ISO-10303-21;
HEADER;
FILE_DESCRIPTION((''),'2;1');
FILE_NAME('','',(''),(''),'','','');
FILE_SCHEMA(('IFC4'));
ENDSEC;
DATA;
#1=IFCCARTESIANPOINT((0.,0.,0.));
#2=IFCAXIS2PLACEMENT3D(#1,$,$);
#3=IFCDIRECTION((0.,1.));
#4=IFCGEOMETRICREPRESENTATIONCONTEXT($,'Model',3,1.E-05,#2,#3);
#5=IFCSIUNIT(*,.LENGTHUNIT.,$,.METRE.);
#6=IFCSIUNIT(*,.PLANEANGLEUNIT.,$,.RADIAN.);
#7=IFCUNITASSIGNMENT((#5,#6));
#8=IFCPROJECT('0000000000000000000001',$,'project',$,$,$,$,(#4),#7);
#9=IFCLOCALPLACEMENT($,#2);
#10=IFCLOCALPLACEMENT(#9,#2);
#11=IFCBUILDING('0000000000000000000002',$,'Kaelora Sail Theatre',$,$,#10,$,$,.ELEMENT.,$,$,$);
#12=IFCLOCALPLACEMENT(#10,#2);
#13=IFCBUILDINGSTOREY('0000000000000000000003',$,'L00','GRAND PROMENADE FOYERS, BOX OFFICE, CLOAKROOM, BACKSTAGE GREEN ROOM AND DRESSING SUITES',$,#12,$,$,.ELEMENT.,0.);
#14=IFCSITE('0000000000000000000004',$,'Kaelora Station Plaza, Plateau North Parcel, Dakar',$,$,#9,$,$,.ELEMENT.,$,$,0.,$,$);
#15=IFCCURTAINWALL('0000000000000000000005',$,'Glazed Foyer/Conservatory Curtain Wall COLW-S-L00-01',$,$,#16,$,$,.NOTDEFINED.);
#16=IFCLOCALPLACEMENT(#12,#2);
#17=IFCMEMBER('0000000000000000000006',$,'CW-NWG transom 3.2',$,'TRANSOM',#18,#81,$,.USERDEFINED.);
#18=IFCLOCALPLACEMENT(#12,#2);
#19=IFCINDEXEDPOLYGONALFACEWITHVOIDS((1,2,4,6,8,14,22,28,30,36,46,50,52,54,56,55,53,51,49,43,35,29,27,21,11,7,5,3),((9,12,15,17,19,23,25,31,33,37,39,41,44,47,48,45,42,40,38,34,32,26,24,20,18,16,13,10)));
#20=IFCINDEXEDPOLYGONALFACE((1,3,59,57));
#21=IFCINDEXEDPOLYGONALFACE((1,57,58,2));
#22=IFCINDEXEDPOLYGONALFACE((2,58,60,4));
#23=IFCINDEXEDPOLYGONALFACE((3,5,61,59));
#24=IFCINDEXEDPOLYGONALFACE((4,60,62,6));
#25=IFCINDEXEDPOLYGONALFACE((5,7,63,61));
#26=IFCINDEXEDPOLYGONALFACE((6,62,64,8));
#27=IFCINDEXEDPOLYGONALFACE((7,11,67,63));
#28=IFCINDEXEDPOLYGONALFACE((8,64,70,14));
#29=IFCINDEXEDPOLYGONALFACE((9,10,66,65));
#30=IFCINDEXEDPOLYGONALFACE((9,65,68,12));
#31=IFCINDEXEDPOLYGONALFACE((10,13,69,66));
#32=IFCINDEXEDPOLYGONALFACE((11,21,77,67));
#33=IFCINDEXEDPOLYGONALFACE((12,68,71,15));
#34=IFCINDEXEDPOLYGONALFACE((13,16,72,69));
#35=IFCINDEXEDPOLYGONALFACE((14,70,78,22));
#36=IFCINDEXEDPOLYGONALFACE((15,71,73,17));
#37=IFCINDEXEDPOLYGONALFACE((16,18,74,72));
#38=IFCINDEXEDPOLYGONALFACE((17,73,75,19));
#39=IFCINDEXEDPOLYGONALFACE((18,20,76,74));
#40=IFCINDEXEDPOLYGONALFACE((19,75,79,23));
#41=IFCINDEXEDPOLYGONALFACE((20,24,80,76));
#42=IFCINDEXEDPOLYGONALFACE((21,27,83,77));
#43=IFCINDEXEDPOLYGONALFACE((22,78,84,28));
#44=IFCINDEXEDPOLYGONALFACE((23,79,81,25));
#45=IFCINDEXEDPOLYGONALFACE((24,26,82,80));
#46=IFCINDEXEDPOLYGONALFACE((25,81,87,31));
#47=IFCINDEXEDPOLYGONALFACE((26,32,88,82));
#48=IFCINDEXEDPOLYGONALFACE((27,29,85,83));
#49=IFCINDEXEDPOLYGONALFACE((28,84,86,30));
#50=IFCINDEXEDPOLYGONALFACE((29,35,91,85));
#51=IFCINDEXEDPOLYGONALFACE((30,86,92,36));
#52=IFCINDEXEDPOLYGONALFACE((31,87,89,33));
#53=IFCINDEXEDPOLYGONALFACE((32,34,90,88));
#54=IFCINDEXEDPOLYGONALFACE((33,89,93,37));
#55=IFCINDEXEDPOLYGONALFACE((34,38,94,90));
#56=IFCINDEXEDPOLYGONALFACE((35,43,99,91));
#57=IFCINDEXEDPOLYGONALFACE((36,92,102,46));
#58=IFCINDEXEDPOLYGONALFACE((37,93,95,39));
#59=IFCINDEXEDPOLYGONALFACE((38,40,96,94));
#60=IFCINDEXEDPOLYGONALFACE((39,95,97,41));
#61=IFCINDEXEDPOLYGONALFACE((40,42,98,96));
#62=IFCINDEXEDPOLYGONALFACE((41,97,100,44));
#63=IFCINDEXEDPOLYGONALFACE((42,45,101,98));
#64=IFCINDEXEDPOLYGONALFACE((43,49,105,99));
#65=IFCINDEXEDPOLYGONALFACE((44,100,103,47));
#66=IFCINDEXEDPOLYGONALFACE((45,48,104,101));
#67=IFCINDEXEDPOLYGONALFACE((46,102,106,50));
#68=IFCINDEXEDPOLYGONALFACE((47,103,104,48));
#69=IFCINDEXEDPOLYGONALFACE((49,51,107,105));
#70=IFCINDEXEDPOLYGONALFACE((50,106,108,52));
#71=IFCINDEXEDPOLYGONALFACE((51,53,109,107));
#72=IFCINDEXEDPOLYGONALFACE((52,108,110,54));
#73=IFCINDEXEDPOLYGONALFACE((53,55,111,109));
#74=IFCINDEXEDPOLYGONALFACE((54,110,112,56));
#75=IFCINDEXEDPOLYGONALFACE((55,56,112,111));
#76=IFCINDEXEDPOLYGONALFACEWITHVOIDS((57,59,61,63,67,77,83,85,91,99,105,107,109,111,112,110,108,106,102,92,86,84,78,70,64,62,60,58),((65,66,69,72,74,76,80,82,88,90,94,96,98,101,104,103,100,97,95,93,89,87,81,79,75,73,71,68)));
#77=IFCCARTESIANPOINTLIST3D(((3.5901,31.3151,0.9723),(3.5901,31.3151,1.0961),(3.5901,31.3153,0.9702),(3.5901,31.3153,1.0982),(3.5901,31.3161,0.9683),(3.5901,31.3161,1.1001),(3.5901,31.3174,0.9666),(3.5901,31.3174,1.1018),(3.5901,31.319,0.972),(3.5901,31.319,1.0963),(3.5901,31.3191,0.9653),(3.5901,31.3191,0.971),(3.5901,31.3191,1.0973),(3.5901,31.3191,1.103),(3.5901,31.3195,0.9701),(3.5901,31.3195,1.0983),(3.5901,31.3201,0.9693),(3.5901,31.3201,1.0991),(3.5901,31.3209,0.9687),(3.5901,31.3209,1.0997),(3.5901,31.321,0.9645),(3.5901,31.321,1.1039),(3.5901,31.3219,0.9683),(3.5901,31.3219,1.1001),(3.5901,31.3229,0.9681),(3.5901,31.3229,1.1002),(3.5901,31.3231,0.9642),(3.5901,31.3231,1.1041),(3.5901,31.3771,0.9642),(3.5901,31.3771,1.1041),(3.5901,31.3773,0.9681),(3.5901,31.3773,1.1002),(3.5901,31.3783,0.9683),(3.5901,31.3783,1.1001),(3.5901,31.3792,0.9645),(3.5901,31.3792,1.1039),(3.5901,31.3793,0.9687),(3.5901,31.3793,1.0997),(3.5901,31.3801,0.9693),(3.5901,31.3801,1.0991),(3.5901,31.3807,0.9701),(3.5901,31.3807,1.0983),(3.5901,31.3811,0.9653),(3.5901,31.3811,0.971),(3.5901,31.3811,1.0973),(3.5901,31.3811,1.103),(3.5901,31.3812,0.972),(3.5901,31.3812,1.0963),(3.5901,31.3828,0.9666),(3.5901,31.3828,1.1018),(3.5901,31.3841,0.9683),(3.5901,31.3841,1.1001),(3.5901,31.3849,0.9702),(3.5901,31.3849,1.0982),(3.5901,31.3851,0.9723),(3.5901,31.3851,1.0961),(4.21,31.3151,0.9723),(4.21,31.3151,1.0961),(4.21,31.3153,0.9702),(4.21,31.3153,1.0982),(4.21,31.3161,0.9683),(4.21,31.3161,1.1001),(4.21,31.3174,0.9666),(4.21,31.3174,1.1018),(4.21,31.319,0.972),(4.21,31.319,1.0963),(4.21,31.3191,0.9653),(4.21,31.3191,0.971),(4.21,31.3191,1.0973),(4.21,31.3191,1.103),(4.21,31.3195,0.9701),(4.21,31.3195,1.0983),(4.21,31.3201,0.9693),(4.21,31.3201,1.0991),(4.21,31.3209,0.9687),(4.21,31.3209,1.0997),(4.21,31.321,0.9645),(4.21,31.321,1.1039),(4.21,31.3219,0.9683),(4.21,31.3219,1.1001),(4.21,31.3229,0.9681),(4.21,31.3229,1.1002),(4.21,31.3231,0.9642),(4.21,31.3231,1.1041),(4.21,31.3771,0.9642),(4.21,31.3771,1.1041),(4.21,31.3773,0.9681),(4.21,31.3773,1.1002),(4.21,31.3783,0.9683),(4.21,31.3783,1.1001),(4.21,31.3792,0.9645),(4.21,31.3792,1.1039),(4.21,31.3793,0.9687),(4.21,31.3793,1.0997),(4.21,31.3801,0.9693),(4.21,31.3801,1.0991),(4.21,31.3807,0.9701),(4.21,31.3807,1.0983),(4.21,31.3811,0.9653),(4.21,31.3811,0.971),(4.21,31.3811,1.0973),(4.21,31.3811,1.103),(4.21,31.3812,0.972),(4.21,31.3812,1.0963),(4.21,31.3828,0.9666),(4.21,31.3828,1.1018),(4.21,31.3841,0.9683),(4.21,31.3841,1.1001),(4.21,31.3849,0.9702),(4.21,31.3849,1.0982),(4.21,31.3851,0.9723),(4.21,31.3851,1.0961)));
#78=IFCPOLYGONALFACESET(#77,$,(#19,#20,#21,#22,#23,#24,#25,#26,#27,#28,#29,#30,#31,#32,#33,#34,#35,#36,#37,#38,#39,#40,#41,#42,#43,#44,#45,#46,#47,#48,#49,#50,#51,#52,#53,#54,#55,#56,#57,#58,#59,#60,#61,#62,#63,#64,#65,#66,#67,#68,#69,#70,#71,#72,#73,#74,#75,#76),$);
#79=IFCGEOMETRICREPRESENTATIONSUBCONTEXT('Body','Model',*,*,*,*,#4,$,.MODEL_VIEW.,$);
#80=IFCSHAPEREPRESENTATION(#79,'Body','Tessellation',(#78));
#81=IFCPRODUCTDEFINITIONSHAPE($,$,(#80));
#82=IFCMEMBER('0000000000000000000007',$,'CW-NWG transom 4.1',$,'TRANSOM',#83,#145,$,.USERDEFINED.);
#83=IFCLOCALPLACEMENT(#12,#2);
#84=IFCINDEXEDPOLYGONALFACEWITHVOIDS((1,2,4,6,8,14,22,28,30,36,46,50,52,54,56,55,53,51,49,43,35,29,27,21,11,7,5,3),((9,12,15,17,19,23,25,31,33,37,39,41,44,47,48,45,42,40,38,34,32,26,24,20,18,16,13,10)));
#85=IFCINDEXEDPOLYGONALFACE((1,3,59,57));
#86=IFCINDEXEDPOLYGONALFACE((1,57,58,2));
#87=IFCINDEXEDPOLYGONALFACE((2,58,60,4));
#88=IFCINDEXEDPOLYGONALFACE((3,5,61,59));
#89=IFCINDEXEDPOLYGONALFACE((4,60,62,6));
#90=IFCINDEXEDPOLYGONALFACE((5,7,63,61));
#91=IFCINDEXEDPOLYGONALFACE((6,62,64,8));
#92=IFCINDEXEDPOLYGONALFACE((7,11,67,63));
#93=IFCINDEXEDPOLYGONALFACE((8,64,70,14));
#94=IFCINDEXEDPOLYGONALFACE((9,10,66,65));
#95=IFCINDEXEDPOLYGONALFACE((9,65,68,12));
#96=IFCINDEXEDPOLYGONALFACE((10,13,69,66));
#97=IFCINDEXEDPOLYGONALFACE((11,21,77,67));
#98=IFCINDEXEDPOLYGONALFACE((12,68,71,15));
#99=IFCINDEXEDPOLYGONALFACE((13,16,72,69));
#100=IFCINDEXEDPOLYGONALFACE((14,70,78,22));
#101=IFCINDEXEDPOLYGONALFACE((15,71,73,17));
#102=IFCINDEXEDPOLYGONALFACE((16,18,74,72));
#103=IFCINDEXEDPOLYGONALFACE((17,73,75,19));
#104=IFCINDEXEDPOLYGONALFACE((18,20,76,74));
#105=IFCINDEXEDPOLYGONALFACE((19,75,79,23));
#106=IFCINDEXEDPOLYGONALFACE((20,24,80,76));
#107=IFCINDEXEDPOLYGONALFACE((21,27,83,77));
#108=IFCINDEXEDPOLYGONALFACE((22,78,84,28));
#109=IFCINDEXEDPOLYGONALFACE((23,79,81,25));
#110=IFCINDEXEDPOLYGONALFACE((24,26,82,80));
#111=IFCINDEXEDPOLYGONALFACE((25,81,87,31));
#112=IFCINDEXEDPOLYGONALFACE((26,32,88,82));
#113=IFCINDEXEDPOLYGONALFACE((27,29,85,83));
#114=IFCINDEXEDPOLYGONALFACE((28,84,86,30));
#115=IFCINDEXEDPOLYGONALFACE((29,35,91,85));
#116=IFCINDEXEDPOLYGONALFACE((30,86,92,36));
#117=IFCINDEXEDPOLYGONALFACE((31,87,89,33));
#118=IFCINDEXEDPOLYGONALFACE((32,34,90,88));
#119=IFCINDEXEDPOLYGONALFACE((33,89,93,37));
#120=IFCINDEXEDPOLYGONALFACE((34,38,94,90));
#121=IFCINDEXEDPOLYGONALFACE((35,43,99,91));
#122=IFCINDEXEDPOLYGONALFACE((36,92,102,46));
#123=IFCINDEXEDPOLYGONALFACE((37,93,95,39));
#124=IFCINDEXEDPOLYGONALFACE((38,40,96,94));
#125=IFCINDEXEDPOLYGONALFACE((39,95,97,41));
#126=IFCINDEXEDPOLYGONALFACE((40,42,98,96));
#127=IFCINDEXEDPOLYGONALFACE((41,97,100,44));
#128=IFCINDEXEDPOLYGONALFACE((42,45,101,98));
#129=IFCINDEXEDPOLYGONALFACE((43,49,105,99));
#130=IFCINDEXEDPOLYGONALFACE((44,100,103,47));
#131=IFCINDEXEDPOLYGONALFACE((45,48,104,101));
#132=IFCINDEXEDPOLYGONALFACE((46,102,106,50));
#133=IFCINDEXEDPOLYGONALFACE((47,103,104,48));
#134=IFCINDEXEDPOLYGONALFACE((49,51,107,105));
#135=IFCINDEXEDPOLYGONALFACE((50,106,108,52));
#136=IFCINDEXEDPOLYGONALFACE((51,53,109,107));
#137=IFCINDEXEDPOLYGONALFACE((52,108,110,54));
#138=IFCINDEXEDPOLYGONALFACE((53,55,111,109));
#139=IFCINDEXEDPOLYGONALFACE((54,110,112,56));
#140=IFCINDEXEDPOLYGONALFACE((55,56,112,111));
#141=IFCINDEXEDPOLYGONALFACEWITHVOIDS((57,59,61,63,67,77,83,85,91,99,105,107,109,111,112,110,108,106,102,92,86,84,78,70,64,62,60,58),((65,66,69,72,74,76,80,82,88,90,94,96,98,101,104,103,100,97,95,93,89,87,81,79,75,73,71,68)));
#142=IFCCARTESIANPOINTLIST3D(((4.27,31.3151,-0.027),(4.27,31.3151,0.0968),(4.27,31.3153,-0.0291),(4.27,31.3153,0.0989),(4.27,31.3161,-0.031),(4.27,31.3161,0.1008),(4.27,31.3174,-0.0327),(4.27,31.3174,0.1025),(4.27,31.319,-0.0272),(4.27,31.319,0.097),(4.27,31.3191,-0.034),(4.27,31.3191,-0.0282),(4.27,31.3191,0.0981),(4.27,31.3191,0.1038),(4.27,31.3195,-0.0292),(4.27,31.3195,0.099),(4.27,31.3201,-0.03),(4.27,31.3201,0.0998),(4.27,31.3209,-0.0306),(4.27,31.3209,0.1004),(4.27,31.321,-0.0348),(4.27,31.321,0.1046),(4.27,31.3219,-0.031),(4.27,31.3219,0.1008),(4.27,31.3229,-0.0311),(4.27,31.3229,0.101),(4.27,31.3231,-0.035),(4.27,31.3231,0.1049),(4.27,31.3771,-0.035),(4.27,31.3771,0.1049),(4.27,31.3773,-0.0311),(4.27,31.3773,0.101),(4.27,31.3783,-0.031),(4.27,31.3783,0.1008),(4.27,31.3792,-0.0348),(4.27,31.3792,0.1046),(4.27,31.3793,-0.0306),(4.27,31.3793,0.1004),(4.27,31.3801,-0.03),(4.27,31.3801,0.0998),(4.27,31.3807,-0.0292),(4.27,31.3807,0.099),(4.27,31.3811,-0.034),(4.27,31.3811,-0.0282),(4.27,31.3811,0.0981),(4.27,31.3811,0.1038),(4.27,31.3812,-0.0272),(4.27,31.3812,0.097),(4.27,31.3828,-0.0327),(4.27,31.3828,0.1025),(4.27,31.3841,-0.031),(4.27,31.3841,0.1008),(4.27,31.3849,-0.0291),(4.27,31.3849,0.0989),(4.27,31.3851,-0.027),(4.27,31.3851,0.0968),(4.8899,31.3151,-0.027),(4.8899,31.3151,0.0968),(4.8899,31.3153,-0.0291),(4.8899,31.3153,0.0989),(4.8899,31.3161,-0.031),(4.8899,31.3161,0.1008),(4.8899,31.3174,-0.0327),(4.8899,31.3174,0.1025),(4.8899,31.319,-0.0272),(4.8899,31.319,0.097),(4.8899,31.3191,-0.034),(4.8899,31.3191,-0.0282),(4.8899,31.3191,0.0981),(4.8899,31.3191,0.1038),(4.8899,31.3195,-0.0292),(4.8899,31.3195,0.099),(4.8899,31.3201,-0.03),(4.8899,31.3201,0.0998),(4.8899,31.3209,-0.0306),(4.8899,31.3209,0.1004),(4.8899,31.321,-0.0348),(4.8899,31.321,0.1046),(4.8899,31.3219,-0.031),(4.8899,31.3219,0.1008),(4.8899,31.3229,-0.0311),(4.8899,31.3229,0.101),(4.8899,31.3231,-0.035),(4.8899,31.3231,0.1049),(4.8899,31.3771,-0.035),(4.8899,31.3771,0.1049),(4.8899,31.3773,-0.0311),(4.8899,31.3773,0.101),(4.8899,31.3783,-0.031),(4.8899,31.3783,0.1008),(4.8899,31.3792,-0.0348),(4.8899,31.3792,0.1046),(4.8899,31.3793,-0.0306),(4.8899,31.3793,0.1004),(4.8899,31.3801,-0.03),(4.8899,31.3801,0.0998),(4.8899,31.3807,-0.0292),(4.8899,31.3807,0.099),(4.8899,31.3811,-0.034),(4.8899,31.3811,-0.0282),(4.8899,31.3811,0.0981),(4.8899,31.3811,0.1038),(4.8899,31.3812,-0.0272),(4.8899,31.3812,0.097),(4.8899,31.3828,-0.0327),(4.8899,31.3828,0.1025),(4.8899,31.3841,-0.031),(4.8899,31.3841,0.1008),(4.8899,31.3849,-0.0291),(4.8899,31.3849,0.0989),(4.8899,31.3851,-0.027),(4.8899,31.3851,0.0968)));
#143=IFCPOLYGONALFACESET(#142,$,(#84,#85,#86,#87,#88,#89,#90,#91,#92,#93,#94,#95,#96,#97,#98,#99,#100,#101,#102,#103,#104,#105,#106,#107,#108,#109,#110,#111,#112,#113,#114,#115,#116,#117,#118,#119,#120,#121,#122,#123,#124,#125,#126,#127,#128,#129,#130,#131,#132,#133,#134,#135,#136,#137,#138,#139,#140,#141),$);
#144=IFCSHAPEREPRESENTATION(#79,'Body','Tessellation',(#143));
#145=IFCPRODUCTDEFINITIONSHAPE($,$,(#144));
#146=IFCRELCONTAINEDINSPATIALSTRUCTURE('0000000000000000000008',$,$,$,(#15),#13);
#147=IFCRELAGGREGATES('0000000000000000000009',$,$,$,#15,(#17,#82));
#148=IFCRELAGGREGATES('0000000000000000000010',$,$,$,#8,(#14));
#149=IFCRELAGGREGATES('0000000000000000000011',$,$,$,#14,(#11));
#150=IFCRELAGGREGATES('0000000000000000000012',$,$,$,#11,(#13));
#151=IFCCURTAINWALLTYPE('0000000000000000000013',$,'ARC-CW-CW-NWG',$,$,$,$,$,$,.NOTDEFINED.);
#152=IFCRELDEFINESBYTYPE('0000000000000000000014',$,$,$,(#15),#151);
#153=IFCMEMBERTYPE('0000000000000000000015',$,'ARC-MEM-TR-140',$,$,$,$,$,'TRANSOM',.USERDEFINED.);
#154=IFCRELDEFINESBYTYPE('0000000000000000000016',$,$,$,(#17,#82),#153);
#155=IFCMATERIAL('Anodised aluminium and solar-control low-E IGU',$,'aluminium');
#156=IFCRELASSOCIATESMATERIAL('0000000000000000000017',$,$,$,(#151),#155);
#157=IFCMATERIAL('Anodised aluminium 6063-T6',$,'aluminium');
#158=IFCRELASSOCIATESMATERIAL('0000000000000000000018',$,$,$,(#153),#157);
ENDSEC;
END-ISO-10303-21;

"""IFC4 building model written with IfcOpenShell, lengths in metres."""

from ifc_helpers import new_model, si_unit, direction, frame, origin, origin_2d, place, context, subcontext, project, spatial, hollow_rectangle, extrude, material, material_profile, profile_set, type_object, element, aggregate, save


model = new_model("IFC4")

# Units and contexts
model_context = context("Model", 3, precision=1e-05, world=origin(), true_north=direction((0.0, 1.0)))
body_context = subcontext(model_context, "Body", "Model", "MODEL_VIEW")
ifc_project = project(units=[si_unit("LENGTHUNIT", "METRE"), si_unit("PLANEANGLEUNIT", "RADIAN")], contexts=[model_context])

# Site, building, storey
site_placement = place(None, origin())
site = spatial("IfcSite", under=ifc_project, at=site_placement, Name="Kaelora Station Plaza, Plateau North Parcel, Dakar", CompositionType="ELEMENT", RefElevation=0.0)
building_placement = place(site_placement, origin())
building = spatial("IfcBuilding", under=site, at=building_placement, Name="Kaelora Sail Theatre", CompositionType="ELEMENT")
storey_placement = place(building_placement, origin())
storey = spatial("IfcBuildingStorey", under=building, at=storey_placement, Name="L00", Description="GRAND PROMENADE FOYERS, BOX OFFICE, CLOAKROOM, BACKSTAGE GREEN ROOM AND DRESSING SUITES", CompositionType="ELEMENT", Elevation=0.0)

# Curtain wall, members
ifc_material_1 = material(Name="Anodised aluminium and solar-control low-E IGU", Category="aluminium")
curtain_wall_type = type_object("IfcCurtainWallType", Name="ARC-CW-CW-NWG", PredefinedType="NOTDEFINED", material=ifc_material_1)
curtain_wall_placement = place(storey_placement, origin())
curtain_wall = element("IfcCurtainWall", 1, at=curtain_wall_placement, inside=storey, type_object=curtain_wall_type, Name="Glazed Foyer/Conservatory Curtain Wall COLW-S-L00-01", PredefinedType="NOTDEFINED")
ifc_material_2 = material(Name="Anodised aluminium 6063-T6", Category="aluminium")
ifc_material_profile_1 = material_profile(ifc_material_2, hollow_rectangle(XDim=0.0701, YDim=0.1399, WallThickness=0.0039, InnerFilletRadius=0.0039, OuterFilletRadius=0.0081, at=origin_2d()), Name="ALU-TRAN 70x140x4")
ifc_profile_set_1 = profile_set([ifc_material_profile_1], Name="Anodised aluminium 6063-T6")
member_type_1 = type_object("IfcMemberType", Name="ARC-MEM-TR-140", ElementType="TRANSOM", PredefinedType="USERDEFINED", material=ifc_profile_set_1)
member_1_placement = place(storey_placement, frame((3.5901, 31.3501, 1.0342), z_axis=(1.0, 0.0, 0.0), x_axis=(0.0, 1.0, 0.0)))
member_1 = element("IfcMember", 2, at=member_1_placement, type_object=member_type_1, Name="CW-NWG transom 3.2", ObjectType="TRANSOM", PredefinedType="USERDEFINED", context=body_context, shape_type="SweptSolid", body=[
    extrude(hollow_rectangle(XDim=0.0701, YDim=0.1399, WallThickness=0.0039, InnerFilletRadius=0.0039, OuterFilletRadius=0.0081, at=origin_2d()), origin(), (0.0, 0.0, 1.0), 0.6199),
])
member_2_placement = place(storey_placement, frame((4.27, 31.3501, 0.0349), z_axis=(1.0, 0.0, 0.0), x_axis=(0.0, 1.0, 0.0)))
member_2 = element("IfcMember", 3, at=member_2_placement, type_object=member_type_1, Name="CW-NWG transom 4.1", ObjectType="TRANSOM", PredefinedType="USERDEFINED", context=body_context, shape_type="SweptSolid", body=[
    extrude(hollow_rectangle(XDim=0.0701, YDim=0.1399, WallThickness=0.0039, InnerFilletRadius=0.0039, OuterFilletRadius=0.0081, at=origin_2d()), origin(), (0.0, 0.0, 1.0), 0.6199),
])
aggregate(curtain_wall, [member_1, member_2])

save(model, "model.ifc")
